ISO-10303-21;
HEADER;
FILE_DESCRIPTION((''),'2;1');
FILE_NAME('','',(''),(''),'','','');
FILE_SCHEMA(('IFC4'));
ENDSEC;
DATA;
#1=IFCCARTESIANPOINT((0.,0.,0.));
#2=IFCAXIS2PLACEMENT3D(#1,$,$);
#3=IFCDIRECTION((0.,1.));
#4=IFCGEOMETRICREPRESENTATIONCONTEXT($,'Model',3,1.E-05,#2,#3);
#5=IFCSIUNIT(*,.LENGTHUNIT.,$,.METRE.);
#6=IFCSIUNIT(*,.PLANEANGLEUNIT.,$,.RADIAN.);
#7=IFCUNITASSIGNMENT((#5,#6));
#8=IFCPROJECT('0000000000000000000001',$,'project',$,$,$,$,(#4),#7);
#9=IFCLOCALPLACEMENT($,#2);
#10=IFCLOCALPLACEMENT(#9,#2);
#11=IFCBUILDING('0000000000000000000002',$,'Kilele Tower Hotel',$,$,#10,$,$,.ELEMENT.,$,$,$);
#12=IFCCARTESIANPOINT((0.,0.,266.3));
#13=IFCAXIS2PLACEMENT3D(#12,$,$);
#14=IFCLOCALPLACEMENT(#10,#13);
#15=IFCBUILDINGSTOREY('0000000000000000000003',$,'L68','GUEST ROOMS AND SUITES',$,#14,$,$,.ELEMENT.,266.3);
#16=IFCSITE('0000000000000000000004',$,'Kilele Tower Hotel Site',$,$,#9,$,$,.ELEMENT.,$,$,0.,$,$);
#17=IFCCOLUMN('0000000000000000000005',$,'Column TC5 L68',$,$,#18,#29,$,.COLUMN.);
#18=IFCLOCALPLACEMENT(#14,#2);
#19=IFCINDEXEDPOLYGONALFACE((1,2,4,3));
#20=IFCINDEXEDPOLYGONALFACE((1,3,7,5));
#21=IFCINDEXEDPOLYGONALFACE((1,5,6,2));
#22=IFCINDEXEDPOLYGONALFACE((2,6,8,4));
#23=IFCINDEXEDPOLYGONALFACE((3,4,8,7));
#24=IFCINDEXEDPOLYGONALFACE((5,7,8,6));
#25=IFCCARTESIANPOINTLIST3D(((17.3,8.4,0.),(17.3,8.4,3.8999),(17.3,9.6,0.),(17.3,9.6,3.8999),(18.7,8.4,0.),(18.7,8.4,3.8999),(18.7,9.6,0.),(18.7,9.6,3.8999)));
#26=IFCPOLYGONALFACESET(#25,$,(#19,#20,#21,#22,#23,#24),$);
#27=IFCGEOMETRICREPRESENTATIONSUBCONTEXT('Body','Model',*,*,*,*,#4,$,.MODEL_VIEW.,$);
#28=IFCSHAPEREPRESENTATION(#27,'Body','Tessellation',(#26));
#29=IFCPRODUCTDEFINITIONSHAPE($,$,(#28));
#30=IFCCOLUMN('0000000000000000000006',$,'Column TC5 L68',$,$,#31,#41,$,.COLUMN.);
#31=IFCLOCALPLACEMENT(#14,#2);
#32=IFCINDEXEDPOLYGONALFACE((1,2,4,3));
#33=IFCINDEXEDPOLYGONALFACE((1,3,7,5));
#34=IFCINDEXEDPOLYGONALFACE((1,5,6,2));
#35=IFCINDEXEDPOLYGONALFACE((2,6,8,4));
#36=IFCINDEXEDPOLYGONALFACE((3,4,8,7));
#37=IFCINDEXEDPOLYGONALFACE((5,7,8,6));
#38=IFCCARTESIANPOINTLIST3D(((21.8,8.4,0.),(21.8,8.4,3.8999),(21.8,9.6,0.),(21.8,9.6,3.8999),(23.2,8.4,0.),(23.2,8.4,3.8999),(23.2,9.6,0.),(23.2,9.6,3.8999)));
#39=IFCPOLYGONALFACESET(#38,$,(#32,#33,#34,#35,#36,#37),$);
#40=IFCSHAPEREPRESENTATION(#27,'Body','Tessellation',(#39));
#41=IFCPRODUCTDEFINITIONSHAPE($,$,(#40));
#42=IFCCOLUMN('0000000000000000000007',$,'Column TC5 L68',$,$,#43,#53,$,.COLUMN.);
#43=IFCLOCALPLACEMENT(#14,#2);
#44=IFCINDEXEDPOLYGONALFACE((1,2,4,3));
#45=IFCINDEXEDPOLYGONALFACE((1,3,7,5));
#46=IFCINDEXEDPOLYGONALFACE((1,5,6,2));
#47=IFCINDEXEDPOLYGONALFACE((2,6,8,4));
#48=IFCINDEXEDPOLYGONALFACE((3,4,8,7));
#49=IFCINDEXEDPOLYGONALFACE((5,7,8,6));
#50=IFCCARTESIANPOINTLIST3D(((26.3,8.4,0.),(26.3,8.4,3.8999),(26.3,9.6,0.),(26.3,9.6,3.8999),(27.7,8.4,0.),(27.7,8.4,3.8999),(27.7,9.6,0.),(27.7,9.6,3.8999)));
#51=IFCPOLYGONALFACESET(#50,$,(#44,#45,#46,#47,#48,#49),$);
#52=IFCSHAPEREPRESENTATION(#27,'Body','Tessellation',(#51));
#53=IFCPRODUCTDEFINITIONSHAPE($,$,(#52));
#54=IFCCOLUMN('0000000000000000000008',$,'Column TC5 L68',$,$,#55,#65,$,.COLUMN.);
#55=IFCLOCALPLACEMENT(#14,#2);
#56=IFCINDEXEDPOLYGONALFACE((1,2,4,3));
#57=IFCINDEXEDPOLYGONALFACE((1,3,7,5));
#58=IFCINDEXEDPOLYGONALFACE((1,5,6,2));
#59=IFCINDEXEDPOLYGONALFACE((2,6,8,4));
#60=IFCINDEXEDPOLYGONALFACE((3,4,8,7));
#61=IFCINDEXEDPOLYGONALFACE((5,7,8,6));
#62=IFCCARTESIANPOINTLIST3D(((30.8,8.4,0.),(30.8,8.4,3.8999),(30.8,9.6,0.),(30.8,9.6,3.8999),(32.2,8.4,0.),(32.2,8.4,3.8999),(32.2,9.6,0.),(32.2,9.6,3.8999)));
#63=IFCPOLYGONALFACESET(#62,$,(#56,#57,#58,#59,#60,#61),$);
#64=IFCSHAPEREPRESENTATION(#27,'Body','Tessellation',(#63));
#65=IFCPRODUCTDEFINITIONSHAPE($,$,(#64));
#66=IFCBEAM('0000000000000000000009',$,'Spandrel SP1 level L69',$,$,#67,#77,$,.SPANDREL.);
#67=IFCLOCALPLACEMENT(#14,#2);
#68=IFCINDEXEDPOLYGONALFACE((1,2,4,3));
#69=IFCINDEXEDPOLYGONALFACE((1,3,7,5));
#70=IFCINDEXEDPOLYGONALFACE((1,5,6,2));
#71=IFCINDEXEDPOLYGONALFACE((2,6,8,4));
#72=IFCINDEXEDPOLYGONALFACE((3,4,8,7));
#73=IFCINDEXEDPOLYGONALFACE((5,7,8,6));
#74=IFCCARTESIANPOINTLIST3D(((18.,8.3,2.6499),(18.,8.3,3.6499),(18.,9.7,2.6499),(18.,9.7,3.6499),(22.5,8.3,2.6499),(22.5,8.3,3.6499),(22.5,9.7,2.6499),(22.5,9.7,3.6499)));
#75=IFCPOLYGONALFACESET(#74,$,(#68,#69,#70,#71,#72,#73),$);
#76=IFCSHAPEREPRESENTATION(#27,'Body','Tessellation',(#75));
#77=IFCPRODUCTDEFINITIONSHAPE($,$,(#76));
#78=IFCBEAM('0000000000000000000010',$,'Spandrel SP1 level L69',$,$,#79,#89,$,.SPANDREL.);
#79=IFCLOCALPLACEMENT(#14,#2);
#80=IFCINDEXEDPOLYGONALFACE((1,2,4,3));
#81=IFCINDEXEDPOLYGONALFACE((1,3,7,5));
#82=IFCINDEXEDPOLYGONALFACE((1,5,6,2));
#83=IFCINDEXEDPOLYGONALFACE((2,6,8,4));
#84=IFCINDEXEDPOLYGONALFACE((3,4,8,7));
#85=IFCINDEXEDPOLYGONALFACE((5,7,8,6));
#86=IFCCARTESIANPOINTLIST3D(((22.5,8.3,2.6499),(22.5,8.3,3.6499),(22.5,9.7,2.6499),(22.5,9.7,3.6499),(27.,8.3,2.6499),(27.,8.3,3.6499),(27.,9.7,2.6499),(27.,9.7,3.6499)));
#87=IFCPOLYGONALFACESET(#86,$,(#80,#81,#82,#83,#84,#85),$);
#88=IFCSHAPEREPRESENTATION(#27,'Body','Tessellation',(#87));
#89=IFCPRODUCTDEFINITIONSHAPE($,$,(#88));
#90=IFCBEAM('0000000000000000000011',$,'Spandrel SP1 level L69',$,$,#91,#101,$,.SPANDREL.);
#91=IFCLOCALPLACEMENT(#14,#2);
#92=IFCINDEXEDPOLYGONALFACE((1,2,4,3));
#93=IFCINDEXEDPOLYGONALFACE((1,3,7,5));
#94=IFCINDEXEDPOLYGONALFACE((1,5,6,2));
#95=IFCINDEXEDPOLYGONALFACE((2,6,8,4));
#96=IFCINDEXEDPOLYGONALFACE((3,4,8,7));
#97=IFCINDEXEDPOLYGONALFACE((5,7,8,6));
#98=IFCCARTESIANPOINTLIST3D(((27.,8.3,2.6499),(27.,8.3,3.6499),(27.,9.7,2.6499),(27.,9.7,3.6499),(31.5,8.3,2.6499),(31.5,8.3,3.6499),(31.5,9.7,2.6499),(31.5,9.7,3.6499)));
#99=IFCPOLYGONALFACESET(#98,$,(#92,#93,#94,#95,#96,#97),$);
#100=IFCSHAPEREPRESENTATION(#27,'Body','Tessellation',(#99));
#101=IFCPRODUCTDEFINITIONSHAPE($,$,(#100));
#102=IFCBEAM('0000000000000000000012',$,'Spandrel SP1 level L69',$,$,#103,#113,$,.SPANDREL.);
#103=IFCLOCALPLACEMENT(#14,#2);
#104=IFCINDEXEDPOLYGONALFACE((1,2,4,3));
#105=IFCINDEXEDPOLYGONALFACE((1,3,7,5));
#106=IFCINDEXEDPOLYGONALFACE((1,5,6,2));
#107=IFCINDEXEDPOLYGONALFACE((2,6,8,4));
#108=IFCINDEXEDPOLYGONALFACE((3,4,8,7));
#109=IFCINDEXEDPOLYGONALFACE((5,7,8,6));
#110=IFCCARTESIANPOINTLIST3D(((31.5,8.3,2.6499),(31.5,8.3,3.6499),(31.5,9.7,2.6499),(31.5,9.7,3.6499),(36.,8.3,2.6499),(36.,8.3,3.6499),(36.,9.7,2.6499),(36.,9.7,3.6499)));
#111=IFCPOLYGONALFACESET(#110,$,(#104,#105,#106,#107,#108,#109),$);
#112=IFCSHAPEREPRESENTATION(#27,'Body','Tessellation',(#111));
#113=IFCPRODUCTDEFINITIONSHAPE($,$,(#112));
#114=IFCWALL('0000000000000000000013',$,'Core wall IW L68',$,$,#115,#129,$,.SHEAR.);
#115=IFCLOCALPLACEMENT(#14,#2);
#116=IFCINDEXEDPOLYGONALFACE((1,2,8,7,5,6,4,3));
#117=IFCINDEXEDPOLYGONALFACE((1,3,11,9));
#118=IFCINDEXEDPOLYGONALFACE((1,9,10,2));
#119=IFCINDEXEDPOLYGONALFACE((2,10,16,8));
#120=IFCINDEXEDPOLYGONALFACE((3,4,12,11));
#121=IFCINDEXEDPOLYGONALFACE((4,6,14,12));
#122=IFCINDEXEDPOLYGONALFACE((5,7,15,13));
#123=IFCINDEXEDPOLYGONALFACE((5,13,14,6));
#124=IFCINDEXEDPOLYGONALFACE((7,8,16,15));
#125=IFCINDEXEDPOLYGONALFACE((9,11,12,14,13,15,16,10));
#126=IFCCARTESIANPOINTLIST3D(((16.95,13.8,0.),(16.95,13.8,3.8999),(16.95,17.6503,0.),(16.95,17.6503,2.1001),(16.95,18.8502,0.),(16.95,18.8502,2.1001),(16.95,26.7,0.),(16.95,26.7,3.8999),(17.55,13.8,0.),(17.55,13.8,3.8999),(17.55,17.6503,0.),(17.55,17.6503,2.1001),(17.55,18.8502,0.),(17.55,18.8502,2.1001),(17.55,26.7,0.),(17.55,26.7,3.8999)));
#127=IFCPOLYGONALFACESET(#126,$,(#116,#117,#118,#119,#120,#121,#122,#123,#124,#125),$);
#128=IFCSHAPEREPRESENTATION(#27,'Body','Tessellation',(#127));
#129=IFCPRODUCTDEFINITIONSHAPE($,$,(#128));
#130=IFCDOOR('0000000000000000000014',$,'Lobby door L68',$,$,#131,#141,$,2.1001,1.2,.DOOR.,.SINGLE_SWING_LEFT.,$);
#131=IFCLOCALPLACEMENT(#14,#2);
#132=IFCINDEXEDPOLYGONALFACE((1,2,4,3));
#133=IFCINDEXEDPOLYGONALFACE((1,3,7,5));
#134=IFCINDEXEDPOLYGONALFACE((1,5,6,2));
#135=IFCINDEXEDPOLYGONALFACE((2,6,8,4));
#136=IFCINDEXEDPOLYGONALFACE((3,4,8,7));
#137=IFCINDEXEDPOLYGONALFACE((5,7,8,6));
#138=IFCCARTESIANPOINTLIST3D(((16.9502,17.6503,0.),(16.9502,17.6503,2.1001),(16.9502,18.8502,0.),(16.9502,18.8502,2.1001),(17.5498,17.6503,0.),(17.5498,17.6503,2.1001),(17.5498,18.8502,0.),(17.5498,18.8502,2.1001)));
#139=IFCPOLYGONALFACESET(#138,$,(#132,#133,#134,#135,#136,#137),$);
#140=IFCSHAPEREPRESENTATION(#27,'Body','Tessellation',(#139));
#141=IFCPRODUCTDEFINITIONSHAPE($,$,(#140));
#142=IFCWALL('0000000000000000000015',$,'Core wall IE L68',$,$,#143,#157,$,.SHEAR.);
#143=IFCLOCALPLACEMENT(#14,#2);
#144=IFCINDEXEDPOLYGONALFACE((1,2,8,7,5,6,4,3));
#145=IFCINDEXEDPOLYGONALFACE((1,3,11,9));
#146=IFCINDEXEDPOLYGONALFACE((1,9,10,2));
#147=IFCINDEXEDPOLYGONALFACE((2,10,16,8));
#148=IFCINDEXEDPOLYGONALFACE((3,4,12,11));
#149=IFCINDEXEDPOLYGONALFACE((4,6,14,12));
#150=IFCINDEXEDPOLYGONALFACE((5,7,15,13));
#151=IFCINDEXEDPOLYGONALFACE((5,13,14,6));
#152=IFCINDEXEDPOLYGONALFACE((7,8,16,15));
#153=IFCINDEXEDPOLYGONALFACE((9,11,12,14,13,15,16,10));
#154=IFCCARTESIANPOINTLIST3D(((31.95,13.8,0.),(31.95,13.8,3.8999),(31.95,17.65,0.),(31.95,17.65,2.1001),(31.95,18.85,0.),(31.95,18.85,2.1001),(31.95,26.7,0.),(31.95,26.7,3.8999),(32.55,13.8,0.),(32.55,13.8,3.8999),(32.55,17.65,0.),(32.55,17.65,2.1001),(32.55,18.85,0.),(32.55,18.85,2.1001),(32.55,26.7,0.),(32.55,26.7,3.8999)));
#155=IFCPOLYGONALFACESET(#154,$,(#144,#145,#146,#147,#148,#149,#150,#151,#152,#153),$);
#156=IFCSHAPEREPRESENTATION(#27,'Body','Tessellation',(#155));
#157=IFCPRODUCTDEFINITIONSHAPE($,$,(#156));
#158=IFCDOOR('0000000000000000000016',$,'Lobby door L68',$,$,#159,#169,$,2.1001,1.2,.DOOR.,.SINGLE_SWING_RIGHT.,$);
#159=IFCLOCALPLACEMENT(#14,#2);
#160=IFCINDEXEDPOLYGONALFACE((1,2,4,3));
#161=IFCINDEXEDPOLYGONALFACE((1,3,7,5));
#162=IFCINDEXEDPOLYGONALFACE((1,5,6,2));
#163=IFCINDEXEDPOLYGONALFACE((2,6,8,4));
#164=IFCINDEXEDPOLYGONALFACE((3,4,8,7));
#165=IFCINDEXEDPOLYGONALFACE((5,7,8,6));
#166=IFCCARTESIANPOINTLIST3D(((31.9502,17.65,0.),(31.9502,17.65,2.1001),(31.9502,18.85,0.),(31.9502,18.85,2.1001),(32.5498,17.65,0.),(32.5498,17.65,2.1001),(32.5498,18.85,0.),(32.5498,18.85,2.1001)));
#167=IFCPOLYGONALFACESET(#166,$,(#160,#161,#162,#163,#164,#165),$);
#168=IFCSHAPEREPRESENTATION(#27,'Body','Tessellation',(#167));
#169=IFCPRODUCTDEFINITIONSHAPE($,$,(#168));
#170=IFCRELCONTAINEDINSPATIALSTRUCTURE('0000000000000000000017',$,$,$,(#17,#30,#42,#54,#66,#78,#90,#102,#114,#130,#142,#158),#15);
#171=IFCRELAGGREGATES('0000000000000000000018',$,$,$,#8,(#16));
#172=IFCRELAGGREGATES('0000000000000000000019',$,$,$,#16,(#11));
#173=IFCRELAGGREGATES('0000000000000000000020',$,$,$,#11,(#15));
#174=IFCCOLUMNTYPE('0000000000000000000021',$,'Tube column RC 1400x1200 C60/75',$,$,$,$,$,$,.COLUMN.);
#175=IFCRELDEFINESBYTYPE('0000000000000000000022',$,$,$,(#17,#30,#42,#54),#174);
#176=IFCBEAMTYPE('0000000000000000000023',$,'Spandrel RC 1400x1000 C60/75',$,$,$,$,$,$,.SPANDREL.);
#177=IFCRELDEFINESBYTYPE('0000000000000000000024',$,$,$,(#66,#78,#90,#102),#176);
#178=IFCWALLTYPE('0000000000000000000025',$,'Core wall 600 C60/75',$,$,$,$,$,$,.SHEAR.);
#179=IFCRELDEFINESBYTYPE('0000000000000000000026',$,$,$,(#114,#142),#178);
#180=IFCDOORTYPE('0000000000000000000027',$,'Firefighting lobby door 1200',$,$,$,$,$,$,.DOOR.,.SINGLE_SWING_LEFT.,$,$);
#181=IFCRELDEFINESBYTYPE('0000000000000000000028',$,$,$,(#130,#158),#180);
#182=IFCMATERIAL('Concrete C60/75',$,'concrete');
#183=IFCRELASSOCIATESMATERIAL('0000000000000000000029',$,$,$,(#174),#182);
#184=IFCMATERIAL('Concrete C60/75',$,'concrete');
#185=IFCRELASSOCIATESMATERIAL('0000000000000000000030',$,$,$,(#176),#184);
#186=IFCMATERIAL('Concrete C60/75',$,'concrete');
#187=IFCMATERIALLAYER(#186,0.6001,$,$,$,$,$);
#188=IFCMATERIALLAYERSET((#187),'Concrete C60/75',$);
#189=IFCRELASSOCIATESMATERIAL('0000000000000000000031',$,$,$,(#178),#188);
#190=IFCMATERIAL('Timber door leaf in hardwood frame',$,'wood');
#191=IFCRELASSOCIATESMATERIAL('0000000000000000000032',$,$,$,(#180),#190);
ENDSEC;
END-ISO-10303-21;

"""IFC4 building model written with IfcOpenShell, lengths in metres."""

from ifc_helpers import new_model, si_unit, direction, frame, frame_2d, origin, origin_2d, place, context, subcontext, project, spatial, rectangle, extrude, material, layer, layer_set, material_profile, profile_set, type_object, element, fill, save


model = new_model("IFC4")

# Units and contexts
model_context = context("Model", 3, precision=1e-05, world=origin(), true_north=direction((0.0, 1.0)))
body_context = subcontext(model_context, "Body", "Model", "MODEL_VIEW")
ifc_project = project(units=[si_unit("LENGTHUNIT", "METRE"), si_unit("PLANEANGLEUNIT", "RADIAN")], contexts=[model_context])

# Site, building, storey
site_placement = place(None, origin())
site = spatial("IfcSite", under=ifc_project, at=site_placement, Name="Kilele Tower Hotel Site", CompositionType="ELEMENT", RefElevation=0.0)
building_placement = place(site_placement, origin())
building = spatial("IfcBuilding", under=site, at=building_placement, Name="Kilele Tower Hotel", CompositionType="ELEMENT")
storey_placement = place(building_placement, frame((0.0, 0.0, 266.3)))
storey = spatial("IfcBuildingStorey", under=building, at=storey_placement, Name="L68", Description="GUEST ROOMS AND SUITES", CompositionType="ELEMENT", Elevation=266.3)

# Columns
ifc_material_1 = material(Name="Concrete C60/75", Category="concrete")
ifc_material_profile_1 = material_profile(ifc_material_1, rectangle(XDim=1.3999, YDim=1.2, at=origin_2d()))
ifc_profile_set_1 = profile_set([ifc_material_profile_1], Name="Concrete C60/75")
column_type = type_object("IfcColumnType", Name="Tube column RC 1400x1200 C60/75", PredefinedType="COLUMN", material=ifc_profile_set_1)
for number, where, z_axis, x_axis, name in (
    (1, (18.0, 9.0, 0.0), (0.0, 0.0, 1.0), (1.0, 0.0, 0.0), "Column TC5 L68"),
    (2, (22.5, 9.0, 0.0), (0.0, 0.0, 1.0), (1.0, 0.0, 0.0), "Column TC5 L68"),
    (3, (27.0, 9.0, 0.0), (0.0, 0.0, 1.0), (1.0, 0.0, 0.0), "Column TC5 L68"),
    (4, (31.5, 9.0, 0.0), (0.0, 0.0, 1.0), (1.0, 0.0, 0.0), "Column TC5 L68"),
):
    element("IfcColumn", number, at=place(storey_placement, frame(where, z_axis=z_axis, x_axis=x_axis)), inside=storey, type_object=column_type, Name=name, PredefinedType="COLUMN", context=body_context, shape_type="SweptSolid", body=[
        extrude(rectangle(XDim=1.3999, YDim=1.2, at=origin_2d()), origin(), (0.0, 0.0, 1.0), 3.8999),
    ])

# Beams
ifc_material_2 = material(Name="Concrete C60/75", Category="concrete")
ifc_material_profile_2 = material_profile(ifc_material_2, rectangle(XDim=1.3999, YDim=1.0, at=origin_2d()))
ifc_profile_set_2 = profile_set([ifc_material_profile_2], Name="Concrete C60/75")
beam_type = type_object("IfcBeamType", Name="Spandrel RC 1400x1000 C60/75", PredefinedType="SPANDREL", material=ifc_profile_set_2)
for number, where, z_axis, x_axis, name in (
    (5, (18.0, 9.0, 3.1499), (1.0, 0.0, 0.0), (0.0, 1.0, 0.0), "Spandrel SP1 level L69"),
    (6, (22.5, 9.0, 3.1499), (1.0, 0.0, 0.0), (0.0, 1.0, 0.0), "Spandrel SP1 level L69"),
    (7, (27.0, 9.0, 3.1499), (1.0, 0.0, 0.0), (0.0, 1.0, 0.0), "Spandrel SP1 level L69"),
    (8, (31.5, 9.0, 3.1499), (1.0, 0.0, 0.0), (0.0, 1.0, 0.0), "Spandrel SP1 level L69"),
):
    element("IfcBeam", number, at=place(storey_placement, frame(where, z_axis=z_axis, x_axis=x_axis)), inside=storey, type_object=beam_type, Name=name, PredefinedType="SPANDREL", context=body_context, shape_type="SweptSolid", body=[
        extrude(rectangle(XDim=1.3999, YDim=1.0, at=origin_2d()), origin(), (0.0, 0.0, 1.0), 4.5),
    ])

# Walls, openings, doors
ifc_material_3 = material(Name="Concrete C60/75", Category="concrete")
ifc_layer_1 = layer(ifc_material_3, 0.6001)
ifc_layer_set_1 = layer_set([ifc_layer_1], Name="Concrete C60/75")
wall_type_1 = type_object("IfcWallType", Name="Core wall 600 C60/75", PredefinedType="SHEAR", material=ifc_layer_set_1)
wall_1_placement = place(storey_placement, frame((17.25, 13.8, 0.0), z_axis=(0.0, 0.0, 1.0), x_axis=(0.0, 1.0, 0.0)))
wall_1 = element("IfcWall", 9, at=wall_1_placement, inside=storey, type_object=wall_type_1, Name="Core wall IW L68", PredefinedType="SHEAR", context=body_context, shape_type="SweptSolid", body=[
    extrude(rectangle(XDim=12.8999, YDim=0.6001, at=frame_2d((6.45, 0.0))), origin(), (0.0, 0.0, 1.0), 3.8999),
])
opening_1_placement = place(wall_1_placement, frame((3.8501, 0.0, 0.0)))
opening_1 = element("IfcOpeningElement", 10, at=opening_1_placement, cuts=wall_1, PredefinedType="OPENING", context=body_context, shape_type="SweptSolid", body=[
    extrude(rectangle(XDim=1.2, YDim=2.1001, at=frame_2d((0.6001, 1.05))), frame((0.0, 0.3101, 0.0), z_axis=(0.0, -1.0, 0.0), x_axis=(1.0, 0.0, 0.0)), (0.0, 0.0, 1.0), 0.6201),
])
ifc_material_4 = material(Name="Timber door leaf in hardwood frame", Category="wood")
door_type_1 = type_object("IfcDoorType", Name="Firefighting lobby door 1200", OperationType="SINGLE_SWING_LEFT", PredefinedType="DOOR", material=ifc_material_4)
door_1_placement = place(opening_1_placement, origin())
door_1 = element("IfcDoor", 11, at=door_1_placement, inside=storey, type_object=door_type_1, Name="Lobby door L68", OperationType="SINGLE_SWING_LEFT", OverallHeight=2.1001, OverallWidth=1.2, PredefinedType="DOOR", context=body_context, shape_type="SweptSolid", body=[
    extrude(rectangle(XDim=1.2, YDim=2.1001, at=frame_2d((0.6001, 1.05))), frame((0.0, 0.2998, 0.0), z_axis=(0.0, -1.0, 0.0), x_axis=(1.0, 0.0, 0.0)), (0.0, 0.0, 1.0), 0.5996),
])
fill(opening_1, door_1)
wall_2_placement = place(storey_placement, frame((32.25, 13.8, 0.0), z_axis=(0.0, 0.0, 1.0), x_axis=(0.0, 1.0, 0.0)))
wall_2 = element("IfcWall", 12, at=wall_2_placement, inside=storey, type_object=wall_type_1, Name="Core wall IE L68", PredefinedType="SHEAR", context=body_context, shape_type="SweptSolid", body=[
    extrude(rectangle(XDim=12.8999, YDim=0.6001, at=frame_2d((6.45, 0.0))), origin(), (0.0, 0.0, 1.0), 3.8999),
])
opening_2_placement = place(wall_2_placement, frame((5.05, 0.0, 0.0), z_axis=(0.0, 0.0, 1.0), x_axis=(-1.0, 0.0, 0.0)))
opening_2 = element("IfcOpeningElement", 13, at=opening_2_placement, cuts=wall_2, PredefinedType="OPENING", context=body_context, shape_type="SweptSolid", body=[
    extrude(rectangle(XDim=1.2, YDim=2.1001, at=frame_2d((0.6001, 1.05))), frame((0.0, 0.3101, 0.0), z_axis=(0.0, -1.0, 0.0), x_axis=(1.0, 0.0, 0.0)), (0.0, 0.0, 1.0), 0.6201),
])
door_2_placement = place(opening_2_placement, origin())
door_2 = element("IfcDoor", 14, at=door_2_placement, inside=storey, type_object=door_type_1, Name="Lobby door L68", OperationType="SINGLE_SWING_RIGHT", OverallHeight=2.1001, OverallWidth=1.2, PredefinedType="DOOR", context=body_context, shape_type="SweptSolid", body=[
    extrude(rectangle(XDim=1.2, YDim=2.1001, at=frame_2d((0.6001, 1.05))), frame((0.0, 0.2998, 0.0), z_axis=(0.0, -1.0, 0.0), x_axis=(1.0, 0.0, 0.0)), (0.0, 0.0, 1.0), 0.5996),
])
fill(opening_2, door_2)

save(model, "model.ifc")
